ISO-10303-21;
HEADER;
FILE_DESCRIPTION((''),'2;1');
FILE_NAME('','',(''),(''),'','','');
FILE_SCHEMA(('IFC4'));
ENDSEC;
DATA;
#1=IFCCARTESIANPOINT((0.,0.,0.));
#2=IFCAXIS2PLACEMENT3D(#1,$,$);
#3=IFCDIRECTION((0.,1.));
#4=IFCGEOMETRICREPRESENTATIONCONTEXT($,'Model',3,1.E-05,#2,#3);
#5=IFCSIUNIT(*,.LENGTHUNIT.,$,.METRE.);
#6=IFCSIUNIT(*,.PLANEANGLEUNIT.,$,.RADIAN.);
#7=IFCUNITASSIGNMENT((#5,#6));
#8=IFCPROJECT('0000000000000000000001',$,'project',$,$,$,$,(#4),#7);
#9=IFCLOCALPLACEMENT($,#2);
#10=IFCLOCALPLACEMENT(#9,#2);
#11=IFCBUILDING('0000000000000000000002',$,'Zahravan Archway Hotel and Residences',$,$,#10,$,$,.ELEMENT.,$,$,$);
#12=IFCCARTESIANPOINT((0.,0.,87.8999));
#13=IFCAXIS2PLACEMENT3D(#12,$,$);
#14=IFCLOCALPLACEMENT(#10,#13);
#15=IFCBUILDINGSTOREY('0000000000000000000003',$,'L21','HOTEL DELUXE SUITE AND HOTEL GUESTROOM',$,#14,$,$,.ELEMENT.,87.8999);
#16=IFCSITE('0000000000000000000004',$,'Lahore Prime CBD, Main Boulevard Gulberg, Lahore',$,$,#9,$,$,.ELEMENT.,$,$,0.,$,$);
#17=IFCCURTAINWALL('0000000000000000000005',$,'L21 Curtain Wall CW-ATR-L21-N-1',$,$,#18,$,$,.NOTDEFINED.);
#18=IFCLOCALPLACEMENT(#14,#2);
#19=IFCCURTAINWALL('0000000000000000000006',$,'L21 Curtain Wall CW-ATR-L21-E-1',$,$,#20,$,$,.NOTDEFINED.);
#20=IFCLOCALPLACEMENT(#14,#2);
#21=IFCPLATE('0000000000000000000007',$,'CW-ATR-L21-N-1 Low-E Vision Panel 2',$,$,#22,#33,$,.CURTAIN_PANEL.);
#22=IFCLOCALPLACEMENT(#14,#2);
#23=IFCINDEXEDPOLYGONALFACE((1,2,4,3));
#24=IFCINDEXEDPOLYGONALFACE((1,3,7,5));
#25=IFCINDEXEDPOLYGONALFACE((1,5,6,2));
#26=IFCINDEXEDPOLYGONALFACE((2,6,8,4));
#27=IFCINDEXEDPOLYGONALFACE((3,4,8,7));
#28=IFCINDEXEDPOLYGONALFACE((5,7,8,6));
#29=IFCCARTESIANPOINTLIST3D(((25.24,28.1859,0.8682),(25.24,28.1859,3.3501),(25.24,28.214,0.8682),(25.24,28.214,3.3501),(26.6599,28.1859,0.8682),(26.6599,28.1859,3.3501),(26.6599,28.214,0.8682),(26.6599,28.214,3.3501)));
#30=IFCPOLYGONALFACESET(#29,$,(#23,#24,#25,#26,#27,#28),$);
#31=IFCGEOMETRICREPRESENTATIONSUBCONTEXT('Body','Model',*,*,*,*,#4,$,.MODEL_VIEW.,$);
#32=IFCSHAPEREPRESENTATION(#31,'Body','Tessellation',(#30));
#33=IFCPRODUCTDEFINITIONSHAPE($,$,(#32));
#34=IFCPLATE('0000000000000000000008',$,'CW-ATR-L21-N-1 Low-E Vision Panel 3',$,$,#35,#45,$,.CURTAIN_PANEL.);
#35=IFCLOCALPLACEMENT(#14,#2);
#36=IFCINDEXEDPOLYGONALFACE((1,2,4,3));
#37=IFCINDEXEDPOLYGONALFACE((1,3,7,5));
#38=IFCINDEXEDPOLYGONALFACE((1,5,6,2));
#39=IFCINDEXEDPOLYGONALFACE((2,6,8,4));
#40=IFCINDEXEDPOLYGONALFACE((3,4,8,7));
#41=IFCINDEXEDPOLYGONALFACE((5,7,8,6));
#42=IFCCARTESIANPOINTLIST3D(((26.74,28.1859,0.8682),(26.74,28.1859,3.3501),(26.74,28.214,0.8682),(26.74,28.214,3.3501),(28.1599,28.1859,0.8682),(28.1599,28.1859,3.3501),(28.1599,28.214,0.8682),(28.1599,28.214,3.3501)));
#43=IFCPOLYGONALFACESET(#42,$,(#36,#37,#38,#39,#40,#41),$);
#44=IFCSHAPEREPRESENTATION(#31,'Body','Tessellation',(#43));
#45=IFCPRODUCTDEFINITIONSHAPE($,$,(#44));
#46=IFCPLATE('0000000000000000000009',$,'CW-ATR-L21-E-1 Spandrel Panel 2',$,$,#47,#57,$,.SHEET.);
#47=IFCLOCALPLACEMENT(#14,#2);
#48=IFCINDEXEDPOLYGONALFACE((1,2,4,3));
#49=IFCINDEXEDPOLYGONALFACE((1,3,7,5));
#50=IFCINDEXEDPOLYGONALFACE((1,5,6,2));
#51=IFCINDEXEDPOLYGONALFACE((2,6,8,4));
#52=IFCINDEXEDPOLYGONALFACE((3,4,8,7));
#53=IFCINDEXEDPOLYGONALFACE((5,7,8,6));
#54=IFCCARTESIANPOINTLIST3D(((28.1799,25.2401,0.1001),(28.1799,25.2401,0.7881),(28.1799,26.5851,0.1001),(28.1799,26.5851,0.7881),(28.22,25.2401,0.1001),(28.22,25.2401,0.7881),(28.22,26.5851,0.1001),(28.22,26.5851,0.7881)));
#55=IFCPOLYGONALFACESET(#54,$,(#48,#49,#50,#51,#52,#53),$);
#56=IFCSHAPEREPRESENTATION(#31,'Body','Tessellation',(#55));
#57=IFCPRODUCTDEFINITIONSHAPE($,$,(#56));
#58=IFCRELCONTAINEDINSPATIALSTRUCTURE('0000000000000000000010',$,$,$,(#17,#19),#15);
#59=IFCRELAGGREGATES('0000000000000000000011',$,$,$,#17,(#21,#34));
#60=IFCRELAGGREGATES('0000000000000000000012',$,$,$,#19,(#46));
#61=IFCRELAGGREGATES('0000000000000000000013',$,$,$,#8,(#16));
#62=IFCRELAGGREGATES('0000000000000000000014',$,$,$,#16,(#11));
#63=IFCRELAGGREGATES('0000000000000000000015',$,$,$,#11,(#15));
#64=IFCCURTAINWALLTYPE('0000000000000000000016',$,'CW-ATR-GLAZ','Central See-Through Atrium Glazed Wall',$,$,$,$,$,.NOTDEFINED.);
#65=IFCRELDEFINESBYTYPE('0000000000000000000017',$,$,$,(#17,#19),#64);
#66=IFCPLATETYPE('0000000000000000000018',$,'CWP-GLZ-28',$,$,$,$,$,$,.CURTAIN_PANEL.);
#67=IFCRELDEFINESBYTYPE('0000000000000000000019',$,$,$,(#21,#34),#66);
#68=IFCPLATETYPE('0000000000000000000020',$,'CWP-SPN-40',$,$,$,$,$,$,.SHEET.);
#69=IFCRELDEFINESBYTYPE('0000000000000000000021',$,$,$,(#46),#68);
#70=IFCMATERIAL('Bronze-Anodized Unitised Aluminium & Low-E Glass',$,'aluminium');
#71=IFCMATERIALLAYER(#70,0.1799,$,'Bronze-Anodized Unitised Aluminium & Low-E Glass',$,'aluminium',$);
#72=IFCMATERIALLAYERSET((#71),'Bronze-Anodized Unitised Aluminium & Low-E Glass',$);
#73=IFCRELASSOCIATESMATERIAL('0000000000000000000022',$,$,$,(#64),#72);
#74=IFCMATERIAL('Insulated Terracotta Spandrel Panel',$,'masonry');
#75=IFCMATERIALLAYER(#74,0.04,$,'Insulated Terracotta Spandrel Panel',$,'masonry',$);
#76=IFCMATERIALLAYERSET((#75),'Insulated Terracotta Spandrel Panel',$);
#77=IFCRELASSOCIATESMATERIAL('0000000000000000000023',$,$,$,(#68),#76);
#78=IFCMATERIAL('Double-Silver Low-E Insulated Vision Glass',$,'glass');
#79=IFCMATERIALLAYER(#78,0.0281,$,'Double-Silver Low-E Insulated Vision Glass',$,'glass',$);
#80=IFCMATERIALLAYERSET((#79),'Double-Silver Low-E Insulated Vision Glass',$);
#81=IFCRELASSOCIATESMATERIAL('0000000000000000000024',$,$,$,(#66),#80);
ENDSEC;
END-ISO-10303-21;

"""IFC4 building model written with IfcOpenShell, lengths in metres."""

from ifc_helpers import new_model, si_unit, direction, frame, origin, origin_2d, place, context, subcontext, project, spatial, rectangle, extrude, source, transform, mapped, material, layer, layer_set, type_object, element, aggregate, save


model = new_model("IFC4")

# Units and contexts
model_context = context("Model", 3, precision=1e-05, world=origin(), true_north=direction((0.0, 1.0)))
body_context = subcontext(model_context, "Body", "Model", "MODEL_VIEW")
ifc_project = project(units=[si_unit("LENGTHUNIT", "METRE"), si_unit("PLANEANGLEUNIT", "RADIAN")], contexts=[model_context])

# Site, building, storey
site_placement = place(None, origin())
site = spatial("IfcSite", under=ifc_project, at=site_placement, Name="Lahore Prime CBD, Main Boulevard Gulberg, Lahore", CompositionType="ELEMENT", RefElevation=0.0)
building_placement = place(site_placement, origin())
building = spatial("IfcBuilding", under=site, at=building_placement, Name="Zahravan Archway Hotel and Residences", CompositionType="ELEMENT")
storey_placement = place(building_placement, frame((0.0, 0.0, 87.8999)))
storey = spatial("IfcBuildingStorey", under=building, at=storey_placement, Name="L21", Description="HOTEL DELUXE SUITE AND HOTEL GUESTROOM", CompositionType="ELEMENT", Elevation=87.8999)

# Curtain walls
ifc_material_1 = material(Name="Bronze-Anodized Unitised Aluminium & Low-E Glass", Category="aluminium")
ifc_layer_1 = layer(ifc_material_1, 0.1799, Name="Bronze-Anodized Unitised Aluminium & Low-E Glass", Category="aluminium")
ifc_layer_set_1 = layer_set([ifc_layer_1], Name="Bronze-Anodized Unitised Aluminium & Low-E Glass")
curtain_wall_type = type_object("IfcCurtainWallType", Name="CW-ATR-GLAZ", Description="Central See-Through Atrium Glazed Wall", PredefinedType="NOTDEFINED", material=ifc_layer_set_1)
curtain_wall_1_placement = place(storey_placement, origin())
curtain_wall_1 = element("IfcCurtainWall", 1, at=curtain_wall_1_placement, inside=storey, type_object=curtain_wall_type, Name="L21 Curtain Wall CW-ATR-L21-N-1", PredefinedType="NOTDEFINED")
curtain_wall_2_placement = place(storey_placement, origin())
curtain_wall_2 = element("IfcCurtainWall", 2, at=curtain_wall_2_placement, inside=storey, type_object=curtain_wall_type, Name="L21 Curtain Wall CW-ATR-L21-E-1", PredefinedType="NOTDEFINED")

# Plates
ifc_material_2 = material(Name="Insulated Terracotta Spandrel Panel", Category="masonry")
ifc_layer_2 = layer(ifc_material_2, 0.04, Name="Insulated Terracotta Spandrel Panel", Category="masonry")
ifc_layer_set_2 = layer_set([ifc_layer_2], Name="Insulated Terracotta Spandrel Panel")
plate_type_1 = type_object("IfcPlateType", Name="CWP-SPN-40", PredefinedType="SHEET", material=ifc_layer_set_2)
ifc_material_3 = material(Name="Double-Silver Low-E Insulated Vision Glass", Category="glass")
ifc_layer_3 = layer(ifc_material_3, 0.0281, Name="Double-Silver Low-E Insulated Vision Glass", Category="glass")
ifc_layer_set_3 = layer_set([ifc_layer_3], Name="Double-Silver Low-E Insulated Vision Glass")
plate_type_2 = type_object("IfcPlateType", Name="CWP-GLZ-28", PredefinedType="CURTAIN_PANEL", material=ifc_layer_set_3)
shared_shape_1 = source(origin(), body_context, "Body", "SweptSolid", [
    extrude(rectangle(XDim=1.4199, YDim=0.0281, at=origin_2d()), origin(), (0.0, 0.0, 1.0), 2.4819),
])
plate_1_placement = place(storey_placement, frame((25.95, 28.2, 0.8682), z_axis=(0.0, 0.0, 1.0), x_axis=(1.0, 0.0, 0.0)))
plate_1 = element("IfcPlate", 3, at=plate_1_placement, type_object=plate_type_2, Name="CW-ATR-L21-N-1 Low-E Vision Panel 2", PredefinedType="CURTAIN_PANEL", context=body_context, shape_type="MappedRepresentation", body=[
    mapped(shared_shape_1, transform((0.0, 0.0, 0.0), scale=1.0)),
])
plate_2_placement = place(storey_placement, frame((27.45, 28.2, 0.8682), z_axis=(0.0, 0.0, 1.0), x_axis=(1.0, 0.0, 0.0)))
plate_2 = element("IfcPlate", 4, at=plate_2_placement, type_object=plate_type_2, Name="CW-ATR-L21-N-1 Low-E Vision Panel 3", PredefinedType="CURTAIN_PANEL", context=body_context, shape_type="MappedRepresentation", body=[
    mapped(shared_shape_1, transform((0.0, 0.0, 0.0), scale=1.0)),
])
aggregate(curtain_wall_1, [plate_1, plate_2])
shared_shape_2 = source(origin(), body_context, "Body", "SweptSolid", [
    extrude(rectangle(XDim=1.345, YDim=0.04, at=origin_2d()), origin(), (0.0, 0.0, 1.0), 0.688),
])
plate_3_placement = place(storey_placement, frame((28.2, 25.9126, 0.1001), z_axis=(0.0, 0.0, 1.0), x_axis=(0.0, 1.0, 0.0)))
plate_3 = element("IfcPlate", 5, at=plate_3_placement, type_object=plate_type_1, Name="CW-ATR-L21-E-1 Spandrel Panel 2", PredefinedType="SHEET", context=body_context, shape_type="MappedRepresentation", body=[
    mapped(shared_shape_2, transform((0.0, 0.0, 0.0), scale=1.0)),
])
aggregate(curtain_wall_2, [plate_3])

save(model, "model.ifc")
